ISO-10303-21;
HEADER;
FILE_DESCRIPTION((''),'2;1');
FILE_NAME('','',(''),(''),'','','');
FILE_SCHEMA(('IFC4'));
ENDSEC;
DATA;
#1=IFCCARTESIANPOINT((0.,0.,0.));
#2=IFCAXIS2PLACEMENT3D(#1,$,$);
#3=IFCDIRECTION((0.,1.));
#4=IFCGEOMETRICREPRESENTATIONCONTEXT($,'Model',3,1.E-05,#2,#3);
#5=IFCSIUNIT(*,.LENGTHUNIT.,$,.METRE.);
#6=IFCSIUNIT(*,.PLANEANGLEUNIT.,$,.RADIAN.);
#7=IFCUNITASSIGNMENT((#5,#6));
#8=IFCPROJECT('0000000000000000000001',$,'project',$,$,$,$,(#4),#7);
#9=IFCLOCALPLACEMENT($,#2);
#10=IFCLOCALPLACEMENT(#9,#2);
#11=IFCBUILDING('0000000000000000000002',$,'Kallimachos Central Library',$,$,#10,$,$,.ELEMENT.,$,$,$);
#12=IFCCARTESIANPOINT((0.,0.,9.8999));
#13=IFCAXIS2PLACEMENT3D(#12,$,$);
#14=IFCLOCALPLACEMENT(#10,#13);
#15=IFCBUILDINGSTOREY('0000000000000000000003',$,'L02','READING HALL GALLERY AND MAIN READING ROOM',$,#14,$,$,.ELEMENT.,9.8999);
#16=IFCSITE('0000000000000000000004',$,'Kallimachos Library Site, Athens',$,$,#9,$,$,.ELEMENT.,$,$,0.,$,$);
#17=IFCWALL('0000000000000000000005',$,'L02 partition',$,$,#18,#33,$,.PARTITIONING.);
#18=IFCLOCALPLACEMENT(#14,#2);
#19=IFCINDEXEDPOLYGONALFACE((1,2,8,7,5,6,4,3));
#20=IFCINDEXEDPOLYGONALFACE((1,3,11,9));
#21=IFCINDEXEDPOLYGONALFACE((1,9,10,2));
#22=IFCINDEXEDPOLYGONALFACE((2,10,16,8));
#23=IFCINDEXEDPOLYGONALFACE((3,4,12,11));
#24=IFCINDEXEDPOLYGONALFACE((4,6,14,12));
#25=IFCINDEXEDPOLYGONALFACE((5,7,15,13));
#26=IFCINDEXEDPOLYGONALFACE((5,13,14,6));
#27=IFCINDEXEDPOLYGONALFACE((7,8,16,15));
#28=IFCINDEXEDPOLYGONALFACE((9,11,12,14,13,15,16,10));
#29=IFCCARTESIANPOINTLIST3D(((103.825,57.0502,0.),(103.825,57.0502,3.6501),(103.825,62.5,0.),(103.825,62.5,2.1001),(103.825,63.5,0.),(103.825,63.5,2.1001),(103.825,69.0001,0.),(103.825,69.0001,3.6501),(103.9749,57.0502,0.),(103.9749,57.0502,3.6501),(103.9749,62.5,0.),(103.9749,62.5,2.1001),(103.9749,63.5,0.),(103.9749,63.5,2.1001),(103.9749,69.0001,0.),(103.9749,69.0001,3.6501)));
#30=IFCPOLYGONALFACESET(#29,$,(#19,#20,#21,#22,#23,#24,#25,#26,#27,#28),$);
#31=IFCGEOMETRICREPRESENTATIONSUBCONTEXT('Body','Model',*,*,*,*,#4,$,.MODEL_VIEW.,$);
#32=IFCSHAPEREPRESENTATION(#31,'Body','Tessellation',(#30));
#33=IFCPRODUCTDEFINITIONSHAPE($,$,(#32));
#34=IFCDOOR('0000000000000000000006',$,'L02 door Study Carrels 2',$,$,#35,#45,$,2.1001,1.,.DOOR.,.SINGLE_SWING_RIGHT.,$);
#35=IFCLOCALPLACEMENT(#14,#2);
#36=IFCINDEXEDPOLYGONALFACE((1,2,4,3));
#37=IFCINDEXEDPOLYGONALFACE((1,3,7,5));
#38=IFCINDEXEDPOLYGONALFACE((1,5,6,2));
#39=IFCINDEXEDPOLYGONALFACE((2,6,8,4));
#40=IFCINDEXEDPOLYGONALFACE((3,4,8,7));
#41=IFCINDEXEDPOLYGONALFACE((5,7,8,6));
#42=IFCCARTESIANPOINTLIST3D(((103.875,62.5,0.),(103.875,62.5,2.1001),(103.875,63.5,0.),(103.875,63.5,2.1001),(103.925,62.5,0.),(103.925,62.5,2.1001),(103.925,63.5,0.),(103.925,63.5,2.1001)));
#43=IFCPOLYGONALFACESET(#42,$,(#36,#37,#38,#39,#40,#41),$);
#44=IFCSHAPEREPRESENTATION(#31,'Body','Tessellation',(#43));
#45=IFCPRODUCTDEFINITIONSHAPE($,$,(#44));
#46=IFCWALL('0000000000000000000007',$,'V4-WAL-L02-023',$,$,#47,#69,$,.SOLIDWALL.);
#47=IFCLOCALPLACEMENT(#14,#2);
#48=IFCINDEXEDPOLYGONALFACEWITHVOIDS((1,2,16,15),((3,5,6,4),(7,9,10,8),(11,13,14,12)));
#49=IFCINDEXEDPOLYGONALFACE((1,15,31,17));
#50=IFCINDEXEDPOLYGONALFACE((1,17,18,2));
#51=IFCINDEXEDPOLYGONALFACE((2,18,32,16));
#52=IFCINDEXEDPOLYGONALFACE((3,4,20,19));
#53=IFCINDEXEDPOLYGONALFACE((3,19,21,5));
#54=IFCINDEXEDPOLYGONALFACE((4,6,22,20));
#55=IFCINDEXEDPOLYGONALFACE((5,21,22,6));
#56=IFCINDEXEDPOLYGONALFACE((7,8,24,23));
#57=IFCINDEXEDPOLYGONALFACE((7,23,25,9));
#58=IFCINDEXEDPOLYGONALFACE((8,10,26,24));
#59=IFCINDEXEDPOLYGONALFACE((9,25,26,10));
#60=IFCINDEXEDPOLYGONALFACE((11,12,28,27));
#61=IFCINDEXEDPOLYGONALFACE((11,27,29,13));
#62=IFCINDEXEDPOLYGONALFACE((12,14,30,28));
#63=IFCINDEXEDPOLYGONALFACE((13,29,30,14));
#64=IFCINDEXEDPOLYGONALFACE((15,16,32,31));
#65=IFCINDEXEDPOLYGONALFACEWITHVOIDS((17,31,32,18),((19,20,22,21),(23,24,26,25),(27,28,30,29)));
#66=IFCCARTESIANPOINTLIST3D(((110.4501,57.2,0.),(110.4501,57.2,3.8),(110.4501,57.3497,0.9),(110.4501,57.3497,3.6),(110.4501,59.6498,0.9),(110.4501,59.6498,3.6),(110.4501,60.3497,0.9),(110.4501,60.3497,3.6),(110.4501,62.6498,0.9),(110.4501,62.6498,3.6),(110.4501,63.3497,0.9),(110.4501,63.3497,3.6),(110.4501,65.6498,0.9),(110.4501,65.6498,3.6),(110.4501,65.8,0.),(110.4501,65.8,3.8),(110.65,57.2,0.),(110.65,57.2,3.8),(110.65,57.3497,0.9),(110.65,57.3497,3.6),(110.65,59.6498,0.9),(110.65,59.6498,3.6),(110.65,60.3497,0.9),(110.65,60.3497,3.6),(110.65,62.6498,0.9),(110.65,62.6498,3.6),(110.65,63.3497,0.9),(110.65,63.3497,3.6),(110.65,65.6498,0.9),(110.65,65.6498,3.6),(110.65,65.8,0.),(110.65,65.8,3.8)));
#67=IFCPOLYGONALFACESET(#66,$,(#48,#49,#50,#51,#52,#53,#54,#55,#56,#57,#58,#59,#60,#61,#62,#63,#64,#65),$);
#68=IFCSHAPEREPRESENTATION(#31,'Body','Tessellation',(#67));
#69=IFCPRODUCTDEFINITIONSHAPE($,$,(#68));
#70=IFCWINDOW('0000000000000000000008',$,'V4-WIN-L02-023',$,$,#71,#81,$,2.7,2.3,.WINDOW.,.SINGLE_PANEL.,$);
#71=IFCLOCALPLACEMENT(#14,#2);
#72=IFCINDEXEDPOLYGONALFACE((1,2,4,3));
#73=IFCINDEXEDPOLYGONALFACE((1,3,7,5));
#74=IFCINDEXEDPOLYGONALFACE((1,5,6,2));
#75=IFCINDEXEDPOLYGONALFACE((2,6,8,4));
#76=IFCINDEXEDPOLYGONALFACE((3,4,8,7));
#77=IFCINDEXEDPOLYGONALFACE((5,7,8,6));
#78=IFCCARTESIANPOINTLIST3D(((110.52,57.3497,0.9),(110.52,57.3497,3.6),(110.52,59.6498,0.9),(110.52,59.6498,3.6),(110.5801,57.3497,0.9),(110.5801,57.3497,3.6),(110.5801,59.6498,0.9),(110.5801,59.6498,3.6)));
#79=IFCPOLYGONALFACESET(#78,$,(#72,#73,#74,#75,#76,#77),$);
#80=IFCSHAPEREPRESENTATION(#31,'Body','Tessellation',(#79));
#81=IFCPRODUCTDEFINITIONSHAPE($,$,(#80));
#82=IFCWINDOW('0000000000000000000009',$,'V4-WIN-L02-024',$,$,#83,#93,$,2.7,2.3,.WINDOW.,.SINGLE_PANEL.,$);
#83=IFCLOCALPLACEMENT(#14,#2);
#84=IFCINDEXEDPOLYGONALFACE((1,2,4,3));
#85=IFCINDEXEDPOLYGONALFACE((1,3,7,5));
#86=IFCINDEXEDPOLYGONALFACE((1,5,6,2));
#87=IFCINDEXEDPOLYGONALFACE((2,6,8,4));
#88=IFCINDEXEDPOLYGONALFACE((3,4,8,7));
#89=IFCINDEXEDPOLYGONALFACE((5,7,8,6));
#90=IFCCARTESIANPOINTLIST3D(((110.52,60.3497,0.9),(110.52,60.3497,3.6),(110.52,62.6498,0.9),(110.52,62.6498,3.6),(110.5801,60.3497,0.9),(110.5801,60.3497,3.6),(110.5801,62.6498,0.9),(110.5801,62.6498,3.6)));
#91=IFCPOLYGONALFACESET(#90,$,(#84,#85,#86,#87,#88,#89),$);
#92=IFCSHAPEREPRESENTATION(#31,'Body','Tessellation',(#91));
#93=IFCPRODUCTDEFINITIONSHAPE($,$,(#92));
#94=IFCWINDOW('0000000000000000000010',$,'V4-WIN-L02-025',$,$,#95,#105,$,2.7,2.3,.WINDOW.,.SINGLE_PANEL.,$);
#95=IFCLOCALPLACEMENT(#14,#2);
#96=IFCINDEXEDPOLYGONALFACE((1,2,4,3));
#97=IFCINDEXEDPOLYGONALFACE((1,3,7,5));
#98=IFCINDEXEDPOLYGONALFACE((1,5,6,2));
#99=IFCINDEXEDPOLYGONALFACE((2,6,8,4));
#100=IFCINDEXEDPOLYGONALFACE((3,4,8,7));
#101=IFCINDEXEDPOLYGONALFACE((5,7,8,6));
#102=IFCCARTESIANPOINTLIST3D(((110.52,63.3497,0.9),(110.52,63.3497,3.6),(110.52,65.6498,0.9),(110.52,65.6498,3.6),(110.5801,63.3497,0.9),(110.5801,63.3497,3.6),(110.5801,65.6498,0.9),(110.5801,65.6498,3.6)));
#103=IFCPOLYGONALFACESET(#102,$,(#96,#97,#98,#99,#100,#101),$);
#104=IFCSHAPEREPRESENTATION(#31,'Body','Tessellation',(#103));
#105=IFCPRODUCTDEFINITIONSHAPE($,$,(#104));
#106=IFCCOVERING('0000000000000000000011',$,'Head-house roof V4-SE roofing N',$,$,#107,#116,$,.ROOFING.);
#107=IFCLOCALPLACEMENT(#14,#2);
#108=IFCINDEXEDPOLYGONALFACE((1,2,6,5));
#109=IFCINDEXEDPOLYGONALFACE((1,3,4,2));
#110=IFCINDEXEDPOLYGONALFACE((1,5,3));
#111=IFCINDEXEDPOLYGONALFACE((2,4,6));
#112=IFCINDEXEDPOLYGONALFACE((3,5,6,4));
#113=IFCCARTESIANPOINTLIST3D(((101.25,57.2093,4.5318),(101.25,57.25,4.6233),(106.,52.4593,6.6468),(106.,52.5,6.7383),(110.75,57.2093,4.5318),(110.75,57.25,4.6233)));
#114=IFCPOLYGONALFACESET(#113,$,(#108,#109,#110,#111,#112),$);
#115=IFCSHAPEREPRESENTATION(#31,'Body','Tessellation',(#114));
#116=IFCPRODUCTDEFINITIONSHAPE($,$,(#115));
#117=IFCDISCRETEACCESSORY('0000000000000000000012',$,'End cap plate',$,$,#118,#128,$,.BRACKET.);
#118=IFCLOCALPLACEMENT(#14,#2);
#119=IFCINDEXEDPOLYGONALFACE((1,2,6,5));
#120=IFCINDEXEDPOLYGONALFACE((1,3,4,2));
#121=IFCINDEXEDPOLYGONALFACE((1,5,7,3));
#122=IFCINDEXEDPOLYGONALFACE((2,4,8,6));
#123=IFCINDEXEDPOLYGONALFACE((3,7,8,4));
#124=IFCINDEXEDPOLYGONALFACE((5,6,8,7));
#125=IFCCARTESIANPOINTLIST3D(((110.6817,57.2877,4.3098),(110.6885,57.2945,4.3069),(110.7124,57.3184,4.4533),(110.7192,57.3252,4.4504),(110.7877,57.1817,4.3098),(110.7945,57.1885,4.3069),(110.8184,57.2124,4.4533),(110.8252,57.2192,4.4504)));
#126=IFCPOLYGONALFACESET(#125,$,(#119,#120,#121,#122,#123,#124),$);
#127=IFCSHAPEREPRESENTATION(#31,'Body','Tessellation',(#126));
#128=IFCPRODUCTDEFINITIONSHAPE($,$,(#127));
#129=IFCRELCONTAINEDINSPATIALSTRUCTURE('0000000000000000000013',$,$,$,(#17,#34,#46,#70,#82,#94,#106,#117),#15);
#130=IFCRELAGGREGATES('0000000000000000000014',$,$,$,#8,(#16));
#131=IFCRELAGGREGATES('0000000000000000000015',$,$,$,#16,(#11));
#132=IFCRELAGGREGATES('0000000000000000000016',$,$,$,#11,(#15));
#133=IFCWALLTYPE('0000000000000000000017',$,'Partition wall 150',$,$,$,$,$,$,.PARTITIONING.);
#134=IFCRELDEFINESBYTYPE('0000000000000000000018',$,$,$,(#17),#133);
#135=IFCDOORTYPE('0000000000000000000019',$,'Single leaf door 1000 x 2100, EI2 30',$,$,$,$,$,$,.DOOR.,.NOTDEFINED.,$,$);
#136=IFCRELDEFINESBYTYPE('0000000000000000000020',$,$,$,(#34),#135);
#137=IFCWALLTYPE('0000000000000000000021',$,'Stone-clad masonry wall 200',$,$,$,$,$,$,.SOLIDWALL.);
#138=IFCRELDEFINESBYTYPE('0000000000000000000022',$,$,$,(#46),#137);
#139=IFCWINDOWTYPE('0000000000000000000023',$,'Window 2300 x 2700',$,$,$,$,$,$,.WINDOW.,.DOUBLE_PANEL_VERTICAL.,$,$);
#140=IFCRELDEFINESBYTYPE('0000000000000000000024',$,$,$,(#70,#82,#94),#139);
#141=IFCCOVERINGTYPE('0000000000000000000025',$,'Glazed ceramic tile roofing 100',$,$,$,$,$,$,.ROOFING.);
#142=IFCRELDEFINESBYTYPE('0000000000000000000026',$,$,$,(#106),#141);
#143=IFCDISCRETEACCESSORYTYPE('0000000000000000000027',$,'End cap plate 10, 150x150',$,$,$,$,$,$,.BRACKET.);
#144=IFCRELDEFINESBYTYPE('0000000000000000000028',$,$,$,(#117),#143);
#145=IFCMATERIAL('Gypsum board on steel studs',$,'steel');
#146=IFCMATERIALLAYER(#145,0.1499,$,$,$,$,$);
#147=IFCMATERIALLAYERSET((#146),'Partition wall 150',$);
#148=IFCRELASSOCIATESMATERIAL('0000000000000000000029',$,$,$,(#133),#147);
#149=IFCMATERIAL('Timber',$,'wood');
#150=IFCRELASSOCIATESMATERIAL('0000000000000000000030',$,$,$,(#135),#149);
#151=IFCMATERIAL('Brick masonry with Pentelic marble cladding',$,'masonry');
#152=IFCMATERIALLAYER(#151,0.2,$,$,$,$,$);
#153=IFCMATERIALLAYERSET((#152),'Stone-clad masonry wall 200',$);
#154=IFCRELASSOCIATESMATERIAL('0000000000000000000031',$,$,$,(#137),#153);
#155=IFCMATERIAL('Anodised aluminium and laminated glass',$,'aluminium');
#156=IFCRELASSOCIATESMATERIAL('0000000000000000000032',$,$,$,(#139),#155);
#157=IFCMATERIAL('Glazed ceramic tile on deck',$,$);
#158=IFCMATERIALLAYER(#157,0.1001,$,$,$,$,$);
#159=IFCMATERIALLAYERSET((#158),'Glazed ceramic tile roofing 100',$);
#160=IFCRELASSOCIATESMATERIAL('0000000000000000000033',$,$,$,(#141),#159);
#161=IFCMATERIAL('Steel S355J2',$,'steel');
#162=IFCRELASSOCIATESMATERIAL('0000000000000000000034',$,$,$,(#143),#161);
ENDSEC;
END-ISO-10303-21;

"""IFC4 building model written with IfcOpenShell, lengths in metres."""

from ifc_helpers import new_model, si_unit, direction, frame, frame_2d, origin, origin_2d, place, context, subcontext, project, spatial, polyline, rectangle, outline, extrude, material, layer, layer_set, material_profile, profile_set, type_object, element, fill, save


model = new_model("IFC4")

# Units and contexts
model_context = context("Model", 3, precision=1e-05, world=origin(), true_north=direction((0.0, 1.0)))
body_context = subcontext(model_context, "Body", "Model", "MODEL_VIEW")
ifc_project = project(units=[si_unit("LENGTHUNIT", "METRE"), si_unit("PLANEANGLEUNIT", "RADIAN")], contexts=[model_context])

# Site, building, storey
site_placement = place(None, origin())
site = spatial("IfcSite", under=ifc_project, at=site_placement, Name="Kallimachos Library Site, Athens", CompositionType="ELEMENT", RefElevation=0.0)
building_placement = place(site_placement, origin())
building = spatial("IfcBuilding", under=site, at=building_placement, Name="Kallimachos Central Library", CompositionType="ELEMENT")
storey_placement = place(building_placement, frame((0.0, 0.0, 9.8999)))
storey = spatial("IfcBuildingStorey", under=building, at=storey_placement, Name="L02", Description="READING HALL GALLERY AND MAIN READING ROOM", CompositionType="ELEMENT", Elevation=9.8999)

# Wall, opening, door
ifc_material_1 = material(Name="Gypsum board on steel studs", Category="steel")
ifc_layer_1 = layer(ifc_material_1, 0.1499)
ifc_layer_set_1 = layer_set([ifc_layer_1], Name="Partition wall 150")
wall_type_1 = type_object("IfcWallType", Name="Partition wall 150", PredefinedType="PARTITIONING", material=ifc_layer_set_1)
wall_1_placement = place(storey_placement, frame((103.8999, 57.05, 0.0), z_axis=(0.0, 0.0, 1.0), x_axis=(0.0, 1.0, 0.0)))
wall_1 = element("IfcWall", 1, at=wall_1_placement, inside=storey, type_object=wall_type_1, Name="L02 partition", PredefinedType="PARTITIONING", context=body_context, shape_type="SweptSolid", body=[
    extrude(rectangle(XDim=11.95, YDim=0.1499, at=frame_2d((5.9751, 0.0))), origin(), (0.0, 0.0, 1.0), 3.6501),
])
opening_1_placement = place(wall_1_placement, frame((5.45, 0.0, 0.0)))
opening_1 = element("IfcOpeningElement", 2, at=opening_1_placement, cuts=wall_1, PredefinedType="OPENING", context=body_context, shape_type="SweptSolid", body=[
    extrude(rectangle(XDim=1.0, YDim=2.1001, at=frame_2d((0.5, 1.05))), frame((0.0, 0.085, 0.0), z_axis=(0.0, -1.0, 0.0), x_axis=(1.0, 0.0, 0.0)), (0.0, 0.0, 1.0), 0.1699),
])
ifc_material_2 = material(Name="Timber", Category="wood")
door_type = type_object("IfcDoorType", Name="Single leaf door 1000 x 2100, EI2 30", OperationType="NOTDEFINED", PredefinedType="DOOR", material=ifc_material_2)
door_placement = place(opening_1_placement, origin())
door = element("IfcDoor", 3, at=door_placement, inside=storey, type_object=door_type, Name="L02 door Study Carrels 2", OperationType="SINGLE_SWING_RIGHT", OverallHeight=2.1001, OverallWidth=1.0, PredefinedType="DOOR", context=body_context, shape_type="SweptSolid", body=[
    extrude(rectangle(XDim=1.0, YDim=2.1001, at=frame_2d((0.5, 1.05))), frame((0.0, 0.0249, 0.0), z_axis=(0.0, -1.0, 0.0), x_axis=(1.0, 0.0, 0.0)), (0.0, 0.0, 1.0), 0.05),
])
fill(opening_1, door)

# Wall, openings, windows
ifc_material_3 = material(Name="Brick masonry with Pentelic marble cladding", Category="masonry")
ifc_layer_2 = layer(ifc_material_3, 0.2)
ifc_layer_set_2 = layer_set([ifc_layer_2], Name="Stone-clad masonry wall 200")
wall_type_2 = type_object("IfcWallType", Name="Stone-clad masonry wall 200", PredefinedType="SOLIDWALL", material=ifc_layer_set_2)
wall_2_placement = place(storey_placement, frame((110.55, 57.2, 0.0), z_axis=(0.0, 0.0, 1.0), x_axis=(0.0, 1.0, 0.0)))
wall_2 = element("IfcWall", 4, at=wall_2_placement, inside=storey, type_object=wall_type_2, Name="V4-WAL-L02-023", PredefinedType="SOLIDWALL", context=body_context, shape_type="SweptSolid", body=[
    extrude(rectangle(XDim=8.6001, YDim=0.2, at=frame_2d((4.3, 0.0))), origin(), (0.0, 0.0, 1.0), 3.8),
])
opening_2_placement = place(wall_2_placement, frame((0.1499, 0.0, 0.8999)))
opening_2 = element("IfcOpeningElement", 5, at=opening_2_placement, cuts=wall_2, PredefinedType="OPENING", context=body_context, shape_type="SweptSolid", body=[
    extrude(rectangle(XDim=2.3, YDim=2.7, at=frame_2d((1.1499, 1.3501))), frame((0.0, 0.1099, 0.0), z_axis=(0.0, -1.0, 0.0), x_axis=(1.0, 0.0, 0.0)), (0.0, 0.0, 1.0), 0.22),
])
opening_3_placement = place(wall_2_placement, frame((3.1499, 0.0, 0.8999)))
opening_3 = element("IfcOpeningElement", 6, at=opening_3_placement, cuts=wall_2, PredefinedType="OPENING", context=body_context, shape_type="SweptSolid", body=[
    extrude(rectangle(XDim=2.3, YDim=2.7, at=frame_2d((1.1499, 1.3501))), frame((0.0, 0.1099, 0.0), z_axis=(0.0, -1.0, 0.0), x_axis=(1.0, 0.0, 0.0)), (0.0, 0.0, 1.0), 0.22),
])
opening_4_placement = place(wall_2_placement, frame((6.1499, 0.0, 0.8999)))
opening_4 = element("IfcOpeningElement", 7, at=opening_4_placement, cuts=wall_2, PredefinedType="OPENING", context=body_context, shape_type="SweptSolid", body=[
    extrude(rectangle(XDim=2.3, YDim=2.7, at=frame_2d((1.1499, 1.3501))), frame((0.0, 0.1099, 0.0), z_axis=(0.0, -1.0, 0.0), x_axis=(1.0, 0.0, 0.0)), (0.0, 0.0, 1.0), 0.22),
])
ifc_material_4 = material(Name="Anodised aluminium and laminated glass", Category="aluminium")
window_type = type_object("IfcWindowType", Name="Window 2300 x 2700", PartitioningType="DOUBLE_PANEL_VERTICAL", PredefinedType="WINDOW", material=ifc_material_4)
window_1_placement = place(opening_2_placement, origin())
window_1 = element("IfcWindow", 8, at=window_1_placement, inside=storey, type_object=window_type, Name="V4-WIN-L02-023", OverallHeight=2.7, OverallWidth=2.3, PartitioningType="SINGLE_PANEL", PredefinedType="WINDOW", context=body_context, shape_type="SweptSolid", body=[
    extrude(rectangle(XDim=2.3, YDim=2.7, at=frame_2d((1.1499, 1.3501))), frame((0.0, 0.03, 0.0), z_axis=(0.0, -1.0, 0.0), x_axis=(1.0, 0.0, 0.0)), (0.0, 0.0, 1.0), 0.0601),
])
fill(opening_2, window_1)
window_2_placement = place(opening_3_placement, origin())
window_2 = element("IfcWindow", 9, at=window_2_placement, inside=storey, type_object=window_type, Name="V4-WIN-L02-024", OverallHeight=2.7, OverallWidth=2.3, PartitioningType="SINGLE_PANEL", PredefinedType="WINDOW", context=body_context, shape_type="SweptSolid", body=[
    extrude(rectangle(XDim=2.3, YDim=2.7, at=frame_2d((1.1499, 1.3501))), frame((0.0, 0.03, 0.0), z_axis=(0.0, -1.0, 0.0), x_axis=(1.0, 0.0, 0.0)), (0.0, 0.0, 1.0), 0.0601),
])
fill(opening_3, window_2)
window_3_placement = place(opening_4_placement, origin())
window_3 = element("IfcWindow", 10, at=window_3_placement, inside=storey, type_object=window_type, Name="V4-WIN-L02-025", OverallHeight=2.7, OverallWidth=2.3, PartitioningType="SINGLE_PANEL", PredefinedType="WINDOW", context=body_context, shape_type="SweptSolid", body=[
    extrude(rectangle(XDim=2.3, YDim=2.7, at=frame_2d((1.1499, 1.3501))), frame((0.0, 0.03, 0.0), z_axis=(0.0, -1.0, 0.0), x_axis=(1.0, 0.0, 0.0)), (0.0, 0.0, 1.0), 0.0601),
])
fill(opening_4, window_3)

# Covering
ifc_material_5 = material(Name="Glazed ceramic tile on deck")
ifc_layer_3 = layer(ifc_material_5, 0.1001)
ifc_layer_set_3 = layer_set([ifc_layer_3], Name="Glazed ceramic tile roofing 100")
covering_type = type_object("IfcCoveringType", Name="Glazed ceramic tile roofing 100", PredefinedType="ROOFING", material=ifc_layer_set_3)
covering_placement = place(storey_placement, frame((110.75, 57.25, 4.6233), z_axis=(0.0, 0.406761, 0.913534), x_axis=(-1.0, 0.0, 0.0)))
element("IfcCovering", 11, at=covering_placement, inside=storey, type_object=covering_type, Name="Head-house roof V4-SE roofing N", PredefinedType="ROOFING", context=body_context, shape_type="SweptSolid", body=[
    extrude(outline(polyline([(0.0, 0.0), (9.5, 0.0), (4.75, 5.1996), (0.0, 0.0)])), origin(), (0.0, 0.0, -1.0), 0.1001),
])

# Discrete accessory
ifc_material_6 = material(Name="Steel S355J2", Category="steel")
ifc_material_profile_1 = material_profile(ifc_material_6, rectangle(XDim=0.1499, YDim=0.1499, at=origin_2d()), Name="End cap plate 10, 150x150")
ifc_profile_set_1 = profile_set([ifc_material_profile_1], Name="Steel S355J2")
discrete_accessory_type = type_object("IfcDiscreteAccessoryType", Name="End cap plate 10, 150x150", PredefinedType="BRACKET", material=ifc_profile_set_1)
discrete_accessory_placement = place(storey_placement, frame((110.7568, 57.2568, 4.3787), z_axis=(-0.676716, -0.676716, 0.290021), x_axis=(0.707107, -0.707107, 0.0)))
element("IfcDiscreteAccessory", 12, at=discrete_accessory_placement, inside=storey, type_object=discrete_accessory_type, Name="End cap plate", PredefinedType="BRACKET", context=body_context, shape_type="SweptSolid", body=[
    extrude(rectangle(XDim=0.1499, YDim=0.1499, at=origin_2d()), origin(), (0.0, 0.0, 1.0), 0.01),
])

save(model, "model.ifc")
